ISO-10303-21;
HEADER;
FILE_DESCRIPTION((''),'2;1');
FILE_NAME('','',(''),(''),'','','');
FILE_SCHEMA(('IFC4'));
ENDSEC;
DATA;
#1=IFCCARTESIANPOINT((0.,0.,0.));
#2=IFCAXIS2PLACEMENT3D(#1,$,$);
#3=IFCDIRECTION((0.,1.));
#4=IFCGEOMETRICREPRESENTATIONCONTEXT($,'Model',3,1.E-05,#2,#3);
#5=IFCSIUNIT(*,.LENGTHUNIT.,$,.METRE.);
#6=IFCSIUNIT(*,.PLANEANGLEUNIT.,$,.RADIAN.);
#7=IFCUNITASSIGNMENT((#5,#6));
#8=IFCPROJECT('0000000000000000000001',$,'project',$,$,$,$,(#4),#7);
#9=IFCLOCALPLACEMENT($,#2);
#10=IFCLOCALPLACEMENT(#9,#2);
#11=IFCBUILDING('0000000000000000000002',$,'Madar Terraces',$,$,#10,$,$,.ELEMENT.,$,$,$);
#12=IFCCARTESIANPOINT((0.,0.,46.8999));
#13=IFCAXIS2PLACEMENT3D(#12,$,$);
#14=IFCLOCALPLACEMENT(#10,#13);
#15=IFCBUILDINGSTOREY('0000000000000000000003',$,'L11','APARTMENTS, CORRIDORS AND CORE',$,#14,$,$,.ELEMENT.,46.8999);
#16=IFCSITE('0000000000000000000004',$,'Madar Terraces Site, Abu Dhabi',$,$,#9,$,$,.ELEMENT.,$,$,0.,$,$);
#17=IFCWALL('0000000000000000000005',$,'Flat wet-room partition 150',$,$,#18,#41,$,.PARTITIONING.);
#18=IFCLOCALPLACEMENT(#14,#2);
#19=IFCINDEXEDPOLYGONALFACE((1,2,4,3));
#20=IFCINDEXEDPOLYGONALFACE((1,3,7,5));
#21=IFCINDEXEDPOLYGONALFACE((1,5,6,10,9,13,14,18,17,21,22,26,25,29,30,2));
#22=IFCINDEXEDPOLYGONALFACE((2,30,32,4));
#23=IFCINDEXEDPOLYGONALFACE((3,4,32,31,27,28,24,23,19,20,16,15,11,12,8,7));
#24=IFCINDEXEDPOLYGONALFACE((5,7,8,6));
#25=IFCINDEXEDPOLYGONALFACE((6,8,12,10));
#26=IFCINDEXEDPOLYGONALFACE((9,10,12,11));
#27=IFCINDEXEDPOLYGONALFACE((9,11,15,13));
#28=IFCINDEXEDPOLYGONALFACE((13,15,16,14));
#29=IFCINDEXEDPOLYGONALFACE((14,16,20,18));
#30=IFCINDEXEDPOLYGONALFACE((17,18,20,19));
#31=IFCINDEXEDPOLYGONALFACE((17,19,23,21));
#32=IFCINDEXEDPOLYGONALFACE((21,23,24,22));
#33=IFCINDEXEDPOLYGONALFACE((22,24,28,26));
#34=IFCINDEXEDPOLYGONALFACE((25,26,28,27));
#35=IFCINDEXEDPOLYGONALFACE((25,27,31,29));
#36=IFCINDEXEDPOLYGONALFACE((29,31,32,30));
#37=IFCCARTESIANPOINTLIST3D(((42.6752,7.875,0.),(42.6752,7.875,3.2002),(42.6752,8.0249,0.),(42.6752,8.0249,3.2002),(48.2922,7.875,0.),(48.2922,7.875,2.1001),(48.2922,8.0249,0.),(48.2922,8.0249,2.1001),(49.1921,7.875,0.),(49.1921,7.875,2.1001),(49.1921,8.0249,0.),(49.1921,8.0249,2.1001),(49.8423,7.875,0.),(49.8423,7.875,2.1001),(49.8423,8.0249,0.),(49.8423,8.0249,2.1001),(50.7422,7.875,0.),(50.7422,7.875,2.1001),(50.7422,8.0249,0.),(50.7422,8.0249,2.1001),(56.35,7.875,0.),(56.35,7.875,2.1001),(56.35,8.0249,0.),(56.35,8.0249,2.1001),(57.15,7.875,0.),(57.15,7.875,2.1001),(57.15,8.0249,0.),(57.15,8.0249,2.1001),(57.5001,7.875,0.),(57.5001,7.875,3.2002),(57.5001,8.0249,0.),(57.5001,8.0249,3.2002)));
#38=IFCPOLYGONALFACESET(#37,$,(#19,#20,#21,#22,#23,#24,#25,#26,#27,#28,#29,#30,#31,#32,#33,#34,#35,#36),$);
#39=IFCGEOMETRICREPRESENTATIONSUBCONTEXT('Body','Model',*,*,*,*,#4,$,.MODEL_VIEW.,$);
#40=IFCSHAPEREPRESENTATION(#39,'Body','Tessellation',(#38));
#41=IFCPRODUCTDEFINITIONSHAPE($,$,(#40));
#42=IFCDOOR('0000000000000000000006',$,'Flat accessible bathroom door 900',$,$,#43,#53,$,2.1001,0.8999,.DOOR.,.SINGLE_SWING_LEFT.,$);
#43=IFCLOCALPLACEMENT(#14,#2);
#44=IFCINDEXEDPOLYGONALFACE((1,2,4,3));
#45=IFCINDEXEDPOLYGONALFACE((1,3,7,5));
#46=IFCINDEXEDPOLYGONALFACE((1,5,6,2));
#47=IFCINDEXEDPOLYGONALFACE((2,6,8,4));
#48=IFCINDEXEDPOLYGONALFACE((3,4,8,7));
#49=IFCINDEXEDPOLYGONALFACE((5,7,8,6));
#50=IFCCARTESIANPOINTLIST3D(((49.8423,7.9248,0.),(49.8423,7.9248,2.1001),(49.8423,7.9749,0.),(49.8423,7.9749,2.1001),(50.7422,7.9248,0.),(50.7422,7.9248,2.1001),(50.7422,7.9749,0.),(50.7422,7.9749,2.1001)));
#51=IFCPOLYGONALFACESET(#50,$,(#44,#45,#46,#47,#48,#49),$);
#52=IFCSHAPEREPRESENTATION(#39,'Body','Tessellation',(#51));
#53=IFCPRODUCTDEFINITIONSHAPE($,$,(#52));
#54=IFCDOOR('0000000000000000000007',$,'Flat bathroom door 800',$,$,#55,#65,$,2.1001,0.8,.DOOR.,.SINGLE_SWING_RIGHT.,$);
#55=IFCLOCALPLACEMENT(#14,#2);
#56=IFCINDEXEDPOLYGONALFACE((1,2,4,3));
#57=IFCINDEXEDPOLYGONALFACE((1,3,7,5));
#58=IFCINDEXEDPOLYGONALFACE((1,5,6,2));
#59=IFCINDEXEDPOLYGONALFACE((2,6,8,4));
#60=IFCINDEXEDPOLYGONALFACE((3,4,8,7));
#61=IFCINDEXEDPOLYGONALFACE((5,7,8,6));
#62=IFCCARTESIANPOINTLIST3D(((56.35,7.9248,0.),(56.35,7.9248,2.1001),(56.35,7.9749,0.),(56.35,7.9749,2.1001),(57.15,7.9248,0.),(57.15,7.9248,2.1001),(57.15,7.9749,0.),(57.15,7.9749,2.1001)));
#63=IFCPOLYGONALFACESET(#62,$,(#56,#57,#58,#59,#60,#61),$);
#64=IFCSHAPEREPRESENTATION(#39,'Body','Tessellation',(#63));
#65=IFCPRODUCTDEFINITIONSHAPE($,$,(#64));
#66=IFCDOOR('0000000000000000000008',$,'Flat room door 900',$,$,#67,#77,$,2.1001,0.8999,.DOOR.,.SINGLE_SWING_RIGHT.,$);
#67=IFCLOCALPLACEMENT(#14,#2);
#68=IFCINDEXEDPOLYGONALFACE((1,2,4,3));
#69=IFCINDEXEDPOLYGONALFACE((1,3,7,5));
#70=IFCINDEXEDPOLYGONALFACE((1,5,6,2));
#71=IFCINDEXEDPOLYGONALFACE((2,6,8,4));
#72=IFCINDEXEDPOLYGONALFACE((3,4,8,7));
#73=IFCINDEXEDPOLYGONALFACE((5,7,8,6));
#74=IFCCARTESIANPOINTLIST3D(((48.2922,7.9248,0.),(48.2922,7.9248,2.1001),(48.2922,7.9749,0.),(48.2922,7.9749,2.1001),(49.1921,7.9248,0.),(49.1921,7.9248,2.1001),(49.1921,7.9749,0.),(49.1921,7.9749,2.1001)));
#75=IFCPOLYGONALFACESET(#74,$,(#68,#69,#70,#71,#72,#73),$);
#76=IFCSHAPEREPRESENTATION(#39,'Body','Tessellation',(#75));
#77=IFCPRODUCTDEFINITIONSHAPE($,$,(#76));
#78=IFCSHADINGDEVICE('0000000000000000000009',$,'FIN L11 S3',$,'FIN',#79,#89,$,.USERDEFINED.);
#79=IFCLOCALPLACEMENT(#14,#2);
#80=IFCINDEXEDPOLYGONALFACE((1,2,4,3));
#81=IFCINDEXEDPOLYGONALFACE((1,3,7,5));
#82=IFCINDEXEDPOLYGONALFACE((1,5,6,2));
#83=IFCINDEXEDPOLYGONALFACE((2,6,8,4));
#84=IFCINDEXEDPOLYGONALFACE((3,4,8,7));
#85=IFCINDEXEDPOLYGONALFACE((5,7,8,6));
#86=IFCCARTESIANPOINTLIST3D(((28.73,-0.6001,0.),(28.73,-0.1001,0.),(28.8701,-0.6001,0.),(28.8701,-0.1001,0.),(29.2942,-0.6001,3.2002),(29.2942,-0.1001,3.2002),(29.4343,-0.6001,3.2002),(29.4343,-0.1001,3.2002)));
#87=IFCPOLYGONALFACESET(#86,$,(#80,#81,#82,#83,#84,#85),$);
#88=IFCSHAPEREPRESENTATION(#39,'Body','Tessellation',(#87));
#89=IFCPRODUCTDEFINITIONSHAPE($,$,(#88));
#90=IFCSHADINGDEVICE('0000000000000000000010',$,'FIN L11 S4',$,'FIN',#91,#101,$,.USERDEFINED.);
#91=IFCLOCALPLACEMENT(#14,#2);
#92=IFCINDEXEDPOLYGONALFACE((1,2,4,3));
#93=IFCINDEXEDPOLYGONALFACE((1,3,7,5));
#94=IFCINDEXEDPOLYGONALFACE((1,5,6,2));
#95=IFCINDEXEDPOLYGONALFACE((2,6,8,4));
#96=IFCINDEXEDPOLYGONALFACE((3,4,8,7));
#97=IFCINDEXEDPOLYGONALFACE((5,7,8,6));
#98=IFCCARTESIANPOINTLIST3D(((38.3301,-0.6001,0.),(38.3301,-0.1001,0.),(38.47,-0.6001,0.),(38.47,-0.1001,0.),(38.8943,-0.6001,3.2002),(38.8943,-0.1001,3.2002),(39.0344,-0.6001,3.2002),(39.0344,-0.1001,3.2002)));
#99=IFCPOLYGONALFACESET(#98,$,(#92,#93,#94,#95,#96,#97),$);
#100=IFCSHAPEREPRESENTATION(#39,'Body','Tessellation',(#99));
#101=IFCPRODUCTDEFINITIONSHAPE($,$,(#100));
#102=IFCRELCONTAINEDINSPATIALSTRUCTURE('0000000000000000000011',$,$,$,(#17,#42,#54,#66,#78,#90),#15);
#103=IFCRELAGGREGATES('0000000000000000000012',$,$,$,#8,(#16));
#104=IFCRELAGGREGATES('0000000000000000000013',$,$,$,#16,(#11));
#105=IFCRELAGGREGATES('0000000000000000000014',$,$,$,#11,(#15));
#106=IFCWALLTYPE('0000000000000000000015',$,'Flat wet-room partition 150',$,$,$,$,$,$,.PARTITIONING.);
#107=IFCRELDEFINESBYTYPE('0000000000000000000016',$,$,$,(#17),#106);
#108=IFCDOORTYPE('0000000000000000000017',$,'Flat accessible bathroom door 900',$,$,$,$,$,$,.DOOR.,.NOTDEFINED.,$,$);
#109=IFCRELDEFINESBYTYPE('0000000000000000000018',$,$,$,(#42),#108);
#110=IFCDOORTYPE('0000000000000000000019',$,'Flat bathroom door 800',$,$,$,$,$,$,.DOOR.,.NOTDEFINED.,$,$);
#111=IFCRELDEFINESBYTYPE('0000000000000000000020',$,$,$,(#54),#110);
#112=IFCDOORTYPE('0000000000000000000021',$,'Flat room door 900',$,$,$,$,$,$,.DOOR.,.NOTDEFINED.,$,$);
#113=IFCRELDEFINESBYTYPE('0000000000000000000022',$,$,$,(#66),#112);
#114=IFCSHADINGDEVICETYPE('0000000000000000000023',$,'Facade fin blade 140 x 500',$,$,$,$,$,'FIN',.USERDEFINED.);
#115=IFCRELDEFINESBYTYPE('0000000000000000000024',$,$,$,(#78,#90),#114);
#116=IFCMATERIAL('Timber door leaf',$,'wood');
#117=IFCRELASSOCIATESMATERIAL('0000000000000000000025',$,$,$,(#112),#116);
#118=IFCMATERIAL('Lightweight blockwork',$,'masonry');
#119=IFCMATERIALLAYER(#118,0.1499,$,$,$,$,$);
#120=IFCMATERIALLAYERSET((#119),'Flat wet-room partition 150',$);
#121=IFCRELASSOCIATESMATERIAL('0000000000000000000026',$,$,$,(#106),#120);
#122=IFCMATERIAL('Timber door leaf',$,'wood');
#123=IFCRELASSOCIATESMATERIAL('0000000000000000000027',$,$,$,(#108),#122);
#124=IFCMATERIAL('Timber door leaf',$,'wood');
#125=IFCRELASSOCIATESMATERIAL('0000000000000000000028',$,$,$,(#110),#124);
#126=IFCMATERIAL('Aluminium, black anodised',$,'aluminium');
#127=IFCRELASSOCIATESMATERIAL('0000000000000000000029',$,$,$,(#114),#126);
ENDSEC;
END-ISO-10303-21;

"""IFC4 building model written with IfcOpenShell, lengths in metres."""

from ifc_helpers import new_model, si_unit, direction, frame, frame_2d, origin, place, context, subcontext, project, spatial, polyline, rectangle, outline, extrude, material, layer, layer_set, type_object, element, fill, save


model = new_model("IFC4")

# Units and contexts
model_context = context("Model", 3, precision=1e-05, world=origin(), true_north=direction((0.0, 1.0)))
body_context = subcontext(model_context, "Body", "Model", "MODEL_VIEW")
ifc_project = project(units=[si_unit("LENGTHUNIT", "METRE"), si_unit("PLANEANGLEUNIT", "RADIAN")], contexts=[model_context])

# Site, building, storey
site_placement = place(None, origin())
site = spatial("IfcSite", under=ifc_project, at=site_placement, Name="Madar Terraces Site, Abu Dhabi", CompositionType="ELEMENT", RefElevation=0.0)
building_placement = place(site_placement, origin())
building = spatial("IfcBuilding", under=site, at=building_placement, Name="Madar Terraces", CompositionType="ELEMENT")
storey_placement = place(building_placement, frame((0.0, 0.0, 46.8999)))
storey = spatial("IfcBuildingStorey", under=building, at=storey_placement, Name="L11", Description="APARTMENTS, CORRIDORS AND CORE", CompositionType="ELEMENT", Elevation=46.8999)

# Shared definitions
ifc_material_1 = material(Name="Timber door leaf", Category="wood")
door_type_1 = type_object("IfcDoorType", Name="Flat room door 900", OperationType="NOTDEFINED", PredefinedType="DOOR", material=ifc_material_1)

# Shared definitions
ifc_material_2 = material(Name="Lightweight blockwork", Category="masonry")
ifc_layer_1 = layer(ifc_material_2, 0.1499)
ifc_layer_set_1 = layer_set([ifc_layer_1], Name="Flat wet-room partition 150")
wall_type_1 = type_object("IfcWallType", Name="Flat wet-room partition 150", PredefinedType="PARTITIONING", material=ifc_layer_set_1)

# Wall, openings, doors
wall_1_placement = place(storey_placement, frame((42.675, 7.95, 0.0), z_axis=(0.0, 0.0, 1.0), x_axis=(1.0, 0.0, 0.0)))
wall_1 = element("IfcWall", 1, at=wall_1_placement, inside=storey, type_object=wall_type_1, Name="Flat wet-room partition 150", PredefinedType="PARTITIONING", context=body_context, shape_type="SweptSolid", body=[
    extrude(rectangle(XDim=14.825, YDim=0.1499, at=frame_2d((7.4126, 0.0))), origin(), (0.0, 0.0, 1.0), 3.2002),
])
opening_1_placement = place(wall_1_placement, frame((5.6172, 0.0, 0.0)))
opening_1 = element("IfcOpeningElement", 2, at=opening_1_placement, cuts=wall_1, PredefinedType="OPENING", context=body_context, shape_type="SweptSolid", body=[
    extrude(rectangle(XDim=0.8999, YDim=2.1001, at=frame_2d((0.45, 1.05))), frame((0.0, 0.085, 0.0), z_axis=(0.0, -1.0, 0.0), x_axis=(1.0, 0.0, 0.0)), (0.0, 0.0, 1.0), 0.1699),
])
opening_2_placement = place(wall_1_placement, frame((7.1672, 0.0, 0.0)))
opening_2 = element("IfcOpeningElement", 3, at=opening_2_placement, cuts=wall_1, PredefinedType="OPENING", context=body_context, shape_type="SweptSolid", body=[
    extrude(rectangle(XDim=0.8999, YDim=2.1001, at=frame_2d((0.45, 1.05))), frame((0.0, 0.085, 0.0), z_axis=(0.0, -1.0, 0.0), x_axis=(1.0, 0.0, 0.0)), (0.0, 0.0, 1.0), 0.1699),
])
opening_3_placement = place(wall_1_placement, frame((13.675, 0.0, 0.0)))
opening_3 = element("IfcOpeningElement", 4, at=opening_3_placement, cuts=wall_1, PredefinedType="OPENING", context=body_context, shape_type="SweptSolid", body=[
    extrude(rectangle(XDim=0.8, YDim=2.1001, at=frame_2d((0.3999, 1.05))), frame((0.0, 0.085, 0.0), z_axis=(0.0, -1.0, 0.0), x_axis=(1.0, 0.0, 0.0)), (0.0, 0.0, 1.0), 0.1699),
])
ifc_material_3 = material(Name="Timber door leaf", Category="wood")
door_type_2 = type_object("IfcDoorType", Name="Flat accessible bathroom door 900", OperationType="NOTDEFINED", PredefinedType="DOOR", material=ifc_material_3)
door_1_placement = place(opening_2_placement, origin())
door_1 = element("IfcDoor", 5, at=door_1_placement, inside=storey, type_object=door_type_2, Name="Flat accessible bathroom door 900", OperationType="SINGLE_SWING_LEFT", OverallHeight=2.1001, OverallWidth=0.8999, PredefinedType="DOOR", context=body_context, shape_type="SweptSolid", body=[
    extrude(rectangle(XDim=0.8999, YDim=2.1001, at=frame_2d((0.45, 1.05))), frame((0.0, 0.0249, 0.0), z_axis=(0.0, -1.0, 0.0), x_axis=(1.0, 0.0, 0.0)), (0.0, 0.0, 1.0), 0.05),
])
fill(opening_2, door_1)
ifc_material_4 = material(Name="Timber door leaf", Category="wood")
door_type_3 = type_object("IfcDoorType", Name="Flat bathroom door 800", OperationType="NOTDEFINED", PredefinedType="DOOR", material=ifc_material_4)
door_2_placement = place(opening_3_placement, origin())
door_2 = element("IfcDoor", 6, at=door_2_placement, inside=storey, type_object=door_type_3, Name="Flat bathroom door 800", OperationType="SINGLE_SWING_RIGHT", OverallHeight=2.1001, OverallWidth=0.8, PredefinedType="DOOR", context=body_context, shape_type="SweptSolid", body=[
    extrude(rectangle(XDim=0.8, YDim=2.1001, at=frame_2d((0.3999, 1.05))), frame((0.0, 0.0249, 0.0), z_axis=(0.0, -1.0, 0.0), x_axis=(1.0, 0.0, 0.0)), (0.0, 0.0, 1.0), 0.05),
])
fill(opening_3, door_2)
door_3_placement = place(opening_1_placement, origin())
door_3 = element("IfcDoor", 7, at=door_3_placement, inside=storey, type_object=door_type_1, Name="Flat room door 900", OperationType="SINGLE_SWING_RIGHT", OverallHeight=2.1001, OverallWidth=0.8999, PredefinedType="DOOR", context=body_context, shape_type="SweptSolid", body=[
    extrude(rectangle(XDim=0.8999, YDim=2.1001, at=frame_2d((0.45, 1.05))), frame((0.0, 0.0249, 0.0), z_axis=(0.0, -1.0, 0.0), x_axis=(1.0, 0.0, 0.0)), (0.0, 0.0, 1.0), 0.05),
])
fill(opening_1, door_3)

# Shading devices
ifc_material_5 = material(Name="Aluminium, black anodised", Category="aluminium")
shading_device_type = type_object("IfcShadingDeviceType", Name="Facade fin blade 140 x 500", ElementType="FIN", PredefinedType="USERDEFINED", material=ifc_material_5)
shading_device_1_placement = place(storey_placement, frame((28.73, -0.3501, 0.0), z_axis=(0.0, 0.0, 1.0), x_axis=(1.0, 0.0, 0.0)))
element("IfcShadingDevice", 8, at=shading_device_1_placement, inside=storey, type_object=shading_device_type, Name="FIN L11 S3", ObjectType="FIN", PredefinedType="USERDEFINED", context=body_context, shape_type="SweptSolid", body=[
    extrude(outline(polyline([(0.0, 0.0), (0.1401, 0.0), (0.7043, 3.2002), (0.5642, 3.2002), (0.0, 0.0)])), frame((0.0, 0.25, 0.0), z_axis=(0.0, -1.0, 0.0), x_axis=(1.0, 0.0, 0.0)), (0.0, 0.0, 1.0), 0.5),
])
shading_device_2_placement = place(storey_placement, frame((38.3301, -0.3501, 0.0), z_axis=(0.0, 0.0, 1.0), x_axis=(1.0, 0.0, 0.0)))
element("IfcShadingDevice", 9, at=shading_device_2_placement, inside=storey, type_object=shading_device_type, Name="FIN L11 S4", ObjectType="FIN", PredefinedType="USERDEFINED", context=body_context, shape_type="SweptSolid", body=[
    extrude(outline(polyline([(0.0, 0.0), (0.1399, 0.0), (0.7043, 3.2002), (0.5642, 3.2002), (0.0, 0.0)])), frame((0.0, 0.25, 0.0), z_axis=(0.0, -1.0, 0.0), x_axis=(1.0, 0.0, 0.0)), (0.0, 0.0, 1.0), 0.5),
])

save(model, "model.ifc")
